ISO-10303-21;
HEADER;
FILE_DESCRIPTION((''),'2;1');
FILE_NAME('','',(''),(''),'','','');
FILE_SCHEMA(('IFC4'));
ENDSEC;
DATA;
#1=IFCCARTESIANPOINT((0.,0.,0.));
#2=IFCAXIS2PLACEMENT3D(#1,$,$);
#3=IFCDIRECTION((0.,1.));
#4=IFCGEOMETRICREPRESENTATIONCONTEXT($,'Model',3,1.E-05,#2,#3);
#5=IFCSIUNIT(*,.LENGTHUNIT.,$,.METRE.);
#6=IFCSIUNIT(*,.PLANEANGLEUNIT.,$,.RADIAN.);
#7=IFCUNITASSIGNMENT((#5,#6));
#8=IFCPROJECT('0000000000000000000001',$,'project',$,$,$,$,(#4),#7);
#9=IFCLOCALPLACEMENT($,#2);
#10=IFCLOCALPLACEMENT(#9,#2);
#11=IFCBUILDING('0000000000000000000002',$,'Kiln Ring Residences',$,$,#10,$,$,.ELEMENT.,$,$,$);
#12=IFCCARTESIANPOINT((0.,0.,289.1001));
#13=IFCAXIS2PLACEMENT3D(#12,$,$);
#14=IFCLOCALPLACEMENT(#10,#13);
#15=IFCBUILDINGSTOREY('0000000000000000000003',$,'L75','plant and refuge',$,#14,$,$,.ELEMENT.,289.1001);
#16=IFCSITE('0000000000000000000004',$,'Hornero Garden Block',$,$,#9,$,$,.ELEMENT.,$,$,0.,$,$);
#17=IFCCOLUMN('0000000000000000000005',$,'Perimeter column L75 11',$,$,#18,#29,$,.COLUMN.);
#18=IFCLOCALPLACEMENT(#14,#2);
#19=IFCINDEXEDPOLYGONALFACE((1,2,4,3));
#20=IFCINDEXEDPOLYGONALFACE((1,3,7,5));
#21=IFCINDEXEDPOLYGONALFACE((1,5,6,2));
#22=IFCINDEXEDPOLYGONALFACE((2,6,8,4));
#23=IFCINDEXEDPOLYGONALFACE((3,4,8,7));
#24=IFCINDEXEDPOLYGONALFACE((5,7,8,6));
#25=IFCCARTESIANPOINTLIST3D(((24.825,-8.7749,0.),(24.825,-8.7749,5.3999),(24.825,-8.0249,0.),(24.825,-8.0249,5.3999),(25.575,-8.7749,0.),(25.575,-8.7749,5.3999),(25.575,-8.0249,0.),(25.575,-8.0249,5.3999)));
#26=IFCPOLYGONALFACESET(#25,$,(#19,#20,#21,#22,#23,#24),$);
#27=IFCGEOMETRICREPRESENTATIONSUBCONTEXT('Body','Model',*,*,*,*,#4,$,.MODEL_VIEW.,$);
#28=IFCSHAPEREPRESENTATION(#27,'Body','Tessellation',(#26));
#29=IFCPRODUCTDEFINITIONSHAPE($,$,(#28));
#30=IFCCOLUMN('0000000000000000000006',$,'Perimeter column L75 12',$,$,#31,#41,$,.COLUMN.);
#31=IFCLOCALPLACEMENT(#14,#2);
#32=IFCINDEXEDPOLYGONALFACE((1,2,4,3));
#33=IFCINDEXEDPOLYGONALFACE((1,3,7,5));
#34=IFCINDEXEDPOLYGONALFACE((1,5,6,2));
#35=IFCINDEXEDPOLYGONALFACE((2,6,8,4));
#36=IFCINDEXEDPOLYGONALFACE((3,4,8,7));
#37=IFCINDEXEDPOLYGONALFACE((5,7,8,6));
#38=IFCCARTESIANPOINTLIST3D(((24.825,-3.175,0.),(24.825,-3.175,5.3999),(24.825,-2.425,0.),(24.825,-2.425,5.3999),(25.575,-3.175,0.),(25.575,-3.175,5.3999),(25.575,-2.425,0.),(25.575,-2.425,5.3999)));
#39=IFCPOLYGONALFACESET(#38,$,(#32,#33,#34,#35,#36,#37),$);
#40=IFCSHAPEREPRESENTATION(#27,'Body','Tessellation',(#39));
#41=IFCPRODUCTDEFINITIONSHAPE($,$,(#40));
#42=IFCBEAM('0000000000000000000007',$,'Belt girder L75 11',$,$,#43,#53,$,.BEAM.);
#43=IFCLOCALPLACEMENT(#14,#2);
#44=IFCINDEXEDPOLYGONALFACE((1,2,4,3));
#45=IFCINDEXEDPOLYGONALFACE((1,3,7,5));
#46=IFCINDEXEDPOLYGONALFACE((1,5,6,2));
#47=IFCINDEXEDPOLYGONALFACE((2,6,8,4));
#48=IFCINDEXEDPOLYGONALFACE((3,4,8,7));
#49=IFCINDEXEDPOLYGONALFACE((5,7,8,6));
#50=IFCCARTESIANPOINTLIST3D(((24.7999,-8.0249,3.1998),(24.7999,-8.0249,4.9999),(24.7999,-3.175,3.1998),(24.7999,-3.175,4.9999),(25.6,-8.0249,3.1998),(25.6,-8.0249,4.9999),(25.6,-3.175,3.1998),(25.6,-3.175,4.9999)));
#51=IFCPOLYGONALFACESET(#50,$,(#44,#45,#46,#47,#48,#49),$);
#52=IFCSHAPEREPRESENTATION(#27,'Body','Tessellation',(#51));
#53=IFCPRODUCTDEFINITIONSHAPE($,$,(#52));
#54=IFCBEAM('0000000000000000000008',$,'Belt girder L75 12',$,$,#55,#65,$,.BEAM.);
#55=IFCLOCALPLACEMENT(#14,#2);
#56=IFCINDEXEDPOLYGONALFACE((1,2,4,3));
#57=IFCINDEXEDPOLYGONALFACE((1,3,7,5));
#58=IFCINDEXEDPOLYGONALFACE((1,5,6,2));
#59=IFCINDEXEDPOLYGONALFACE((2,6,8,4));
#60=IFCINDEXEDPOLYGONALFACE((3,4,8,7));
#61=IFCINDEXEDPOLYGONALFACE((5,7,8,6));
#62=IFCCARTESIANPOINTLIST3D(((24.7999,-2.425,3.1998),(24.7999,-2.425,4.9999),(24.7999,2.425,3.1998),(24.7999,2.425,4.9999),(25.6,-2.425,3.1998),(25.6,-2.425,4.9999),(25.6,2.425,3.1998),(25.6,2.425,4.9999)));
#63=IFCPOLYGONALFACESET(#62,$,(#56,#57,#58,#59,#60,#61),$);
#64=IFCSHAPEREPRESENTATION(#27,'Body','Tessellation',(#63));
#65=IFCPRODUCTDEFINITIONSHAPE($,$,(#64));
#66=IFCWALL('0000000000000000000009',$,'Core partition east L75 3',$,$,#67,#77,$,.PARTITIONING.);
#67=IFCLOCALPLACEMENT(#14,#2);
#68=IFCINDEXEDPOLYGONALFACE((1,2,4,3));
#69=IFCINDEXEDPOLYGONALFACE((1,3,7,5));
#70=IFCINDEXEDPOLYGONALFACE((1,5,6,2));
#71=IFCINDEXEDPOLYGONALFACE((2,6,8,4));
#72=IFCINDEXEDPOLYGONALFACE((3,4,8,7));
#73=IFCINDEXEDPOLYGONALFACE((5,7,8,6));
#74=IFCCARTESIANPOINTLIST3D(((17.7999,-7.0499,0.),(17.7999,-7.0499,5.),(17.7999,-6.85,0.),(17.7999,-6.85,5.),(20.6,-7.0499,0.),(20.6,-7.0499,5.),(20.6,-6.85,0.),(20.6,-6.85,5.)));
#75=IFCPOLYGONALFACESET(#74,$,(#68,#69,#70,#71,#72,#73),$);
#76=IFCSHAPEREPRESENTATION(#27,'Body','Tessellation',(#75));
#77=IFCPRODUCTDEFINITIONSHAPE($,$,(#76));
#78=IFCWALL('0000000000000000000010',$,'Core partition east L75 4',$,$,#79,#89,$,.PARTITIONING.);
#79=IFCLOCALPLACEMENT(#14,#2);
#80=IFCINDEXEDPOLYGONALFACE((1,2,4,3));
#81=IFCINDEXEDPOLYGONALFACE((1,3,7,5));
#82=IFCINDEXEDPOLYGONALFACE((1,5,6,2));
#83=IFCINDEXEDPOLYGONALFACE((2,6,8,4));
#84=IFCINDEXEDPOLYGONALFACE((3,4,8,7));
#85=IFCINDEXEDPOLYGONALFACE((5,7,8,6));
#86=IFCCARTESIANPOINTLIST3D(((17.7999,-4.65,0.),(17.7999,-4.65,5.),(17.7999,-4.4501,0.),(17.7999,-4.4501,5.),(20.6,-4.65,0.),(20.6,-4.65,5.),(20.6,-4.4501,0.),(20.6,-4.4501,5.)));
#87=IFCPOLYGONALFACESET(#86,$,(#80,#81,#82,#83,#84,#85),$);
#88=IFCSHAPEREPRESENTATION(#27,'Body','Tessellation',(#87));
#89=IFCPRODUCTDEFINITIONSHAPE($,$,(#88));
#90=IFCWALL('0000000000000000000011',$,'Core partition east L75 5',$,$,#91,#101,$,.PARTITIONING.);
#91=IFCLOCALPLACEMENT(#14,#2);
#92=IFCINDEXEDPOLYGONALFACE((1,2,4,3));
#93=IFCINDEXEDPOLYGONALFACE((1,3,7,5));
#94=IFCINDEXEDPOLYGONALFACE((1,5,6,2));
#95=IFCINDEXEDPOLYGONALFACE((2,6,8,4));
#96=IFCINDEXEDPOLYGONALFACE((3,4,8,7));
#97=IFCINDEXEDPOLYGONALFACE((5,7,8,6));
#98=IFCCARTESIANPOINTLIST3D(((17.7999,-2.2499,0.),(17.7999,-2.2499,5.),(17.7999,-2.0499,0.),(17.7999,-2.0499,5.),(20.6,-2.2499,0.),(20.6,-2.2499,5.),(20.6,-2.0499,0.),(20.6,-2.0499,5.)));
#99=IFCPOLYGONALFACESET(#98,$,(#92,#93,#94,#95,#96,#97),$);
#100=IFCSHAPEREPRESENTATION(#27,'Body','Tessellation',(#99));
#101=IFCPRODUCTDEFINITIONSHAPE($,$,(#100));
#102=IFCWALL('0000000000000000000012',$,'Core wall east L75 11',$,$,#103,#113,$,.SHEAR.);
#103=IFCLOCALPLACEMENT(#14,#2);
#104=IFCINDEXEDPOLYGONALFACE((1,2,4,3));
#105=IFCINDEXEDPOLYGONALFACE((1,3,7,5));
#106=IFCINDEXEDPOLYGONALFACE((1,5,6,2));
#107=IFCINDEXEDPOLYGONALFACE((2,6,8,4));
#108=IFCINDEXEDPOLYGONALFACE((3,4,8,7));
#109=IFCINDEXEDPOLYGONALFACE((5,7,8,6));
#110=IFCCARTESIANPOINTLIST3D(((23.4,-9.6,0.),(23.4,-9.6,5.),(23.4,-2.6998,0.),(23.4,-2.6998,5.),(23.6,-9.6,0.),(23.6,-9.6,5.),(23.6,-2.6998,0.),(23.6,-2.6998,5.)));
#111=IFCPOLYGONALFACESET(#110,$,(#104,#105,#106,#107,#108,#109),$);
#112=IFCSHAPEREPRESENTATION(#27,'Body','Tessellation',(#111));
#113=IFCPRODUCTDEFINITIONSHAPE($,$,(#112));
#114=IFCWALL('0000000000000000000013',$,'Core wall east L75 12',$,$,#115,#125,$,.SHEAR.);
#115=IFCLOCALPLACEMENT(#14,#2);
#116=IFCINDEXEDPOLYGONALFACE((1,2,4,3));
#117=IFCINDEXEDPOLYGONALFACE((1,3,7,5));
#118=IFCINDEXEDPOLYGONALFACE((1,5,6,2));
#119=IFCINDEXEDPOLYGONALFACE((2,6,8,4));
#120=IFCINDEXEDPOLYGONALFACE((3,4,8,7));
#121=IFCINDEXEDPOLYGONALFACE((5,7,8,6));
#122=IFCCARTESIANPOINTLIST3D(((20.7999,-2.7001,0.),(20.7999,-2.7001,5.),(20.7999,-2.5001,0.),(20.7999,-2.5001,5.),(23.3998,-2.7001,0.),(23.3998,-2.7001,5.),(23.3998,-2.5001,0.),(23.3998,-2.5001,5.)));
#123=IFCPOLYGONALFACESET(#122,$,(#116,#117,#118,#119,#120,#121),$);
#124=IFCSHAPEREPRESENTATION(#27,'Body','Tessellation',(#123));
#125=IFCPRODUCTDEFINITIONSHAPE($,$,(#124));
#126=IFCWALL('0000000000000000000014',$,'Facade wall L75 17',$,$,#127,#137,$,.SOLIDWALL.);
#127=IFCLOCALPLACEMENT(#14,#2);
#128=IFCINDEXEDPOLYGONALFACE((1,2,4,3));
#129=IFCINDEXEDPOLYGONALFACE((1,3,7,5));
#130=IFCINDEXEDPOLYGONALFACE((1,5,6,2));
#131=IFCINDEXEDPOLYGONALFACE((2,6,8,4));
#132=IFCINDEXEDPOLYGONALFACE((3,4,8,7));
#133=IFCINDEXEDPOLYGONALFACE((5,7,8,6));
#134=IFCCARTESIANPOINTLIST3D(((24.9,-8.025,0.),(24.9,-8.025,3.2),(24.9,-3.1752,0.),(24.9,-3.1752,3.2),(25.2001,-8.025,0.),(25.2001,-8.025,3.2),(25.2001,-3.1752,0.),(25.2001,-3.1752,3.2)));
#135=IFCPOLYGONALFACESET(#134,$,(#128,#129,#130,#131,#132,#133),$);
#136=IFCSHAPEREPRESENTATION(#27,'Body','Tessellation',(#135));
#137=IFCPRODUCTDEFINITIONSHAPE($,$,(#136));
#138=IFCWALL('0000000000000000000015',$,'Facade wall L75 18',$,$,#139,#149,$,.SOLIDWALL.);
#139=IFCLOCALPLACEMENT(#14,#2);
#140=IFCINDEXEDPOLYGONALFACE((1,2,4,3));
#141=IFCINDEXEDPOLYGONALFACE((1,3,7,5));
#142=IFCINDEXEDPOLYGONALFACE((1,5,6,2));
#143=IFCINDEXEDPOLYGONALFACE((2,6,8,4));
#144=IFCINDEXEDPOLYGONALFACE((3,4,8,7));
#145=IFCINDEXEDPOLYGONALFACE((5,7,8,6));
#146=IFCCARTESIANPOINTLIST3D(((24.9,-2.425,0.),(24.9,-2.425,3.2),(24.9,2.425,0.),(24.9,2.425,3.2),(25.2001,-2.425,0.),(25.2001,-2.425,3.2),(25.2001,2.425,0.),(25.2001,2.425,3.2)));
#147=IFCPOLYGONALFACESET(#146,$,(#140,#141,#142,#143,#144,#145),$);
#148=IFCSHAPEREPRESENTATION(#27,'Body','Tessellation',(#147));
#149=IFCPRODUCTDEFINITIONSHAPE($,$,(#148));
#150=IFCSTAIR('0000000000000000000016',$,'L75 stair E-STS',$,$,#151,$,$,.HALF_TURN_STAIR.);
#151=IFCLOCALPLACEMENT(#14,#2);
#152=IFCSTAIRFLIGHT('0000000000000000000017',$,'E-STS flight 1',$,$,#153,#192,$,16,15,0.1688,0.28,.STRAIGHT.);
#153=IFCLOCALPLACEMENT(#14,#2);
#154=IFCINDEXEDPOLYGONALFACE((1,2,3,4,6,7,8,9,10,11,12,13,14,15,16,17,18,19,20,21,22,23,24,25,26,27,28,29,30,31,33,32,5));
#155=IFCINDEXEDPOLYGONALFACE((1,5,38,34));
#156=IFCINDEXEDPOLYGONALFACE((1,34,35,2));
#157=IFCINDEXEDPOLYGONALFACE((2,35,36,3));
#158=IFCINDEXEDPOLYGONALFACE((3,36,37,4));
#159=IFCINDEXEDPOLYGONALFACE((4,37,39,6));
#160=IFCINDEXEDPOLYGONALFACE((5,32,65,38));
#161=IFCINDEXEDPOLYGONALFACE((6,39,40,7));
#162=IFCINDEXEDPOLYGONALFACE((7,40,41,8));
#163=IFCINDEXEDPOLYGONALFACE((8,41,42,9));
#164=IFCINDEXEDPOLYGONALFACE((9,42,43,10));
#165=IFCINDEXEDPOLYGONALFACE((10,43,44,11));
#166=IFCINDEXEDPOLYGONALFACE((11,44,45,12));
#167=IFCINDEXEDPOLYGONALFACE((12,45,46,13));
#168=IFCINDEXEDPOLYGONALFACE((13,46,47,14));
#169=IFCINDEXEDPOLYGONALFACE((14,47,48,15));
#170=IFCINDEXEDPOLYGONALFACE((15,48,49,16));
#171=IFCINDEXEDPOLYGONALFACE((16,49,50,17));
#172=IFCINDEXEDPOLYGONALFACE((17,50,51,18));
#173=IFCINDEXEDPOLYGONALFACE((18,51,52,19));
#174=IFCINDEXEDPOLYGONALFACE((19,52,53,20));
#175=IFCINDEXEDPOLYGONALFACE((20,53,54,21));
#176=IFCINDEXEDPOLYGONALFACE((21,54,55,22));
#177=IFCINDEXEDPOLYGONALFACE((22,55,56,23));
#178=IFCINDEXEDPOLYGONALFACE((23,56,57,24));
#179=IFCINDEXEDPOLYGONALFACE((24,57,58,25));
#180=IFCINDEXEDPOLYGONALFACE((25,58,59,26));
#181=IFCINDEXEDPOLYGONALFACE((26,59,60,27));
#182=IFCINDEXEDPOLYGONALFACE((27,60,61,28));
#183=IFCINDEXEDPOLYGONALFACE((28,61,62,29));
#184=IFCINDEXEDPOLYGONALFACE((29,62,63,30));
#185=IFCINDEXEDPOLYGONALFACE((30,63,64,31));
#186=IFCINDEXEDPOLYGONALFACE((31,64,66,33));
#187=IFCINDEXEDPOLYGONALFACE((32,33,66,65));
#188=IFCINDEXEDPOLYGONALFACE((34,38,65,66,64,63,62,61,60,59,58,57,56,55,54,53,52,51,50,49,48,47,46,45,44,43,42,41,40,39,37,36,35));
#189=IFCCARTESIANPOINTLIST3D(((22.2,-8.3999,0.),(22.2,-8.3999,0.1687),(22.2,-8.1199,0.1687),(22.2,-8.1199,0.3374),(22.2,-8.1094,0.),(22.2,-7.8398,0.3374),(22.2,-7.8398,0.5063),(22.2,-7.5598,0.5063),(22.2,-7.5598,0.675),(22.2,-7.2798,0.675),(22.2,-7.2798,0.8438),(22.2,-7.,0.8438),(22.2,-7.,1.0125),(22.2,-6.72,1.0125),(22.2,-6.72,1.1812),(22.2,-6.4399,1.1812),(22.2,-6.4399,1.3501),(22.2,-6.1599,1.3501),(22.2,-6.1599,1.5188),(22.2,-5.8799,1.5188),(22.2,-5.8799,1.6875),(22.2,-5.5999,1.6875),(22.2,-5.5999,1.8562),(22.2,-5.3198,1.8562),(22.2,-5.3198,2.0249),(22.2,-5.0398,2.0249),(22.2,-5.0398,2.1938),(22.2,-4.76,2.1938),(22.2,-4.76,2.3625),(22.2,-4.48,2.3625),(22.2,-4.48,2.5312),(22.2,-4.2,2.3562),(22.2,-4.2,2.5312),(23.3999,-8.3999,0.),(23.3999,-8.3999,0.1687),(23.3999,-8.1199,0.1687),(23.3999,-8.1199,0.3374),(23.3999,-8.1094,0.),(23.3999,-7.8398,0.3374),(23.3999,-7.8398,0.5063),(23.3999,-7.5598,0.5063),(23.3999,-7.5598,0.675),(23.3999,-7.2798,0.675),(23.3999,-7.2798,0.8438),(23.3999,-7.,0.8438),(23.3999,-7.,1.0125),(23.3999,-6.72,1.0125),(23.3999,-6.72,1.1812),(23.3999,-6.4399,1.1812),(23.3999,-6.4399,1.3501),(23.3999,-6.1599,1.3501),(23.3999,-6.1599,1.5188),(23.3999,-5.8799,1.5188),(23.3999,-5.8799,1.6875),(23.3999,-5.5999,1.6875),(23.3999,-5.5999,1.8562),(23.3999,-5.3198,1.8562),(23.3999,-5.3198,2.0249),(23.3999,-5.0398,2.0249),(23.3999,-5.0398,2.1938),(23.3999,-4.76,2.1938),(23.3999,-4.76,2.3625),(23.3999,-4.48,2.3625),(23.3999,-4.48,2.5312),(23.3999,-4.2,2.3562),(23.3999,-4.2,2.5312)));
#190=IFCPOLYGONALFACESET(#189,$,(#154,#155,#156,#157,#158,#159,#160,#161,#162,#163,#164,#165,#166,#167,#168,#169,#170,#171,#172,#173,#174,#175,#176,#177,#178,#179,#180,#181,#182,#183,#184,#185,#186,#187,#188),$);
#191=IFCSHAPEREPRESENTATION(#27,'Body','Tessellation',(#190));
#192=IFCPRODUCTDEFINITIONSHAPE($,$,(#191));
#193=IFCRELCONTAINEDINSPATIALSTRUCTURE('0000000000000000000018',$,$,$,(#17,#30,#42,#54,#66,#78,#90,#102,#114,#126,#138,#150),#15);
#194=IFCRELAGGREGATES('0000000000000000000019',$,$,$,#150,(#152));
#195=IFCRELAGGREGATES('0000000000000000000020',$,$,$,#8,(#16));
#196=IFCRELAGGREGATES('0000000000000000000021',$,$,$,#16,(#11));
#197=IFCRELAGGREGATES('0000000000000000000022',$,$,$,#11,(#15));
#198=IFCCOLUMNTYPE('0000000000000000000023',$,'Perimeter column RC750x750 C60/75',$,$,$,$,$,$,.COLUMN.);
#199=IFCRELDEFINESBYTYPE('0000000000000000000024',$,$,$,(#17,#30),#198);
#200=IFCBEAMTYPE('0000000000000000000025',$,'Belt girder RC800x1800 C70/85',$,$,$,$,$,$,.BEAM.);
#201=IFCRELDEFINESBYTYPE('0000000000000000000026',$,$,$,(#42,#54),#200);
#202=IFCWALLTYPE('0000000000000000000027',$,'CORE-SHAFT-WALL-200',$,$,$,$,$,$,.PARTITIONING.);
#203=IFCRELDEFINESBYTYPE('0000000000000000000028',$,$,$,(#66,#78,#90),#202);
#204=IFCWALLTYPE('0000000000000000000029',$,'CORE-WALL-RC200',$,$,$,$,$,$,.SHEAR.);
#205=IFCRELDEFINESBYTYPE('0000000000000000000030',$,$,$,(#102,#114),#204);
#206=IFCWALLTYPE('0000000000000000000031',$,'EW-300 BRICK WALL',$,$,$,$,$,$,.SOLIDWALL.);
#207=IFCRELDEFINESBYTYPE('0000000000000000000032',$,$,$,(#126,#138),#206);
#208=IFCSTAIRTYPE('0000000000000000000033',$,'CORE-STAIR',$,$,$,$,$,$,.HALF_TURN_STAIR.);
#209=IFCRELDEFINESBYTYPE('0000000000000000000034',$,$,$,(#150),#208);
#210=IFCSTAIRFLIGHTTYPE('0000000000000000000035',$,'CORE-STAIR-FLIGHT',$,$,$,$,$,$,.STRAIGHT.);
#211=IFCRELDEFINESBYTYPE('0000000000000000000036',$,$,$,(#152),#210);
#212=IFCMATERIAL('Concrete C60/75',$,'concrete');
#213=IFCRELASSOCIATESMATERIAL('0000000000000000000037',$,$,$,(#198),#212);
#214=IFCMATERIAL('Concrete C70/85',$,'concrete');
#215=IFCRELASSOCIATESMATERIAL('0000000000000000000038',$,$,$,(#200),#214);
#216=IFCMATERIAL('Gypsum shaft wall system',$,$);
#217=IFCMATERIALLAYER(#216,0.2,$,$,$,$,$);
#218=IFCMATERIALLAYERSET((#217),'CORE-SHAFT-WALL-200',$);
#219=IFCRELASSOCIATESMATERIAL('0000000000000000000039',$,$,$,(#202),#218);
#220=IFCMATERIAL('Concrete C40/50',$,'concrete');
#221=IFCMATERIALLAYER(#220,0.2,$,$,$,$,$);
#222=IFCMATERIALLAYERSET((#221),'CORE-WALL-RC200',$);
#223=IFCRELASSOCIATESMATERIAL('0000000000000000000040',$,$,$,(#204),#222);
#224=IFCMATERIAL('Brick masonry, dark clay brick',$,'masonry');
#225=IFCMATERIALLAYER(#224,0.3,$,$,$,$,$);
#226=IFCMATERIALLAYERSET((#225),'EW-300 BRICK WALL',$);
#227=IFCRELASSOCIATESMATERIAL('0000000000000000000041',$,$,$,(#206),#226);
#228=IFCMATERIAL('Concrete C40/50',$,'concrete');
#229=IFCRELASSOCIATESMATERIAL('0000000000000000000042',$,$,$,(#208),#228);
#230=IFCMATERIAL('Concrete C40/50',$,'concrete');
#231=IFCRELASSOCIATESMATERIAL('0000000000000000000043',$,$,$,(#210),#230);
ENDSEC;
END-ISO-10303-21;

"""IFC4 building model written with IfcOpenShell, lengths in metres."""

from ifc_helpers import new_model, si_unit, direction, frame, frame_2d, origin, origin_2d, place, context, subcontext, project, spatial, polyline, rectangle, outline, extrude, material, layer, layer_set, material_profile, profile_set, type_object, element, aggregate, save


model = new_model("IFC4")

# Units and contexts
model_context = context("Model", 3, precision=1e-05, world=origin(), true_north=direction((0.0, 1.0)))
body_context = subcontext(model_context, "Body", "Model", "MODEL_VIEW")
ifc_project = project(units=[si_unit("LENGTHUNIT", "METRE"), si_unit("PLANEANGLEUNIT", "RADIAN")], contexts=[model_context])

# Site, building, storey
site_placement = place(None, origin())
site = spatial("IfcSite", under=ifc_project, at=site_placement, Name="Hornero Garden Block", CompositionType="ELEMENT", RefElevation=0.0)
building_placement = place(site_placement, origin())
building = spatial("IfcBuilding", under=site, at=building_placement, Name="Kiln Ring Residences", CompositionType="ELEMENT")
storey_placement = place(building_placement, frame((0.0, 0.0, 289.1001)))
storey = spatial("IfcBuildingStorey", under=building, at=storey_placement, Name="L75", Description="plant and refuge", CompositionType="ELEMENT", Elevation=289.1001)

# Columns
ifc_material_1 = material(Name="Concrete C60/75", Category="concrete")
ifc_material_profile_1 = material_profile(ifc_material_1, rectangle(XDim=0.75, YDim=0.75, at=origin_2d()), Name="RC750x750")
ifc_profile_set_1 = profile_set([ifc_material_profile_1], Name="Concrete C60/75")
column_type = type_object("IfcColumnType", Name="Perimeter column RC750x750 C60/75", PredefinedType="COLUMN", material=ifc_profile_set_1)
for number, where, z_axis, x_axis, name in (
    (1, (25.2, -8.3999, 0.0), (0.0, 0.0, 1.0), (1.0, 0.0, 0.0), "Perimeter column L75 11"),
    (2, (25.2, -2.8, 0.0), (0.0, 0.0, 1.0), (1.0, 0.0, 0.0), "Perimeter column L75 12"),
):
    element("IfcColumn", number, at=place(storey_placement, frame(where, z_axis=z_axis, x_axis=x_axis)), inside=storey, type_object=column_type, Name=name, PredefinedType="COLUMN", context=body_context, shape_type="SweptSolid", body=[
        extrude(rectangle(XDim=0.75, YDim=0.75, at=origin_2d()), origin(), (0.0, 0.0, 1.0), 5.3999),
    ])

# Beams
ifc_material_2 = material(Name="Concrete C70/85", Category="concrete")
ifc_material_profile_2 = material_profile(ifc_material_2, rectangle(XDim=0.8, YDim=1.8, at=origin_2d()), Name="RC800x1800")
ifc_profile_set_2 = profile_set([ifc_material_profile_2], Name="Concrete C70/85")
beam_type = type_object("IfcBeamType", Name="Belt girder RC800x1800 C70/85", PredefinedType="BEAM", material=ifc_profile_set_2)
beam_1_placement = place(storey_placement, frame((25.2, -8.0249, 4.0999), z_axis=(0.0, 1.0, 0.0), x_axis=(-1.0, 0.0, 0.0)))
element("IfcBeam", 3, at=beam_1_placement, inside=storey, type_object=beam_type, Name="Belt girder L75 11", PredefinedType="BEAM", context=body_context, shape_type="SweptSolid", body=[
    extrude(rectangle(XDim=0.8, YDim=1.8, at=origin_2d()), origin(), (0.0, 0.0, 1.0), 4.8499),
])
beam_2_placement = place(storey_placement, frame((25.2, -2.425, 4.0999), z_axis=(0.0, 1.0, 0.0), x_axis=(-1.0, 0.0, 0.0)))
element("IfcBeam", 4, at=beam_2_placement, inside=storey, type_object=beam_type, Name="Belt girder L75 12", PredefinedType="BEAM", context=body_context, shape_type="SweptSolid", body=[
    extrude(rectangle(XDim=0.8, YDim=1.8, at=origin_2d()), origin(), (0.0, 0.0, 1.0), 4.8501),
])

# Walls
ifc_material_3 = material(Name="Gypsum shaft wall system")
ifc_layer_1 = layer(ifc_material_3, 0.2)
ifc_layer_set_1 = layer_set([ifc_layer_1], Name="CORE-SHAFT-WALL-200")
wall_type_1 = type_object("IfcWallType", Name="CORE-SHAFT-WALL-200", PredefinedType="PARTITIONING", material=ifc_layer_set_1)
for number, where, z_axis, x_axis, name in (
    (5, (17.8, -6.95, 0.0), (0.0, 0.0, 1.0), (1.0, 0.0, 0.0), "Core partition east L75 3"),
    (6, (17.8, -4.55, 0.0), (0.0, 0.0, 1.0), (1.0, 0.0, 0.0), "Core partition east L75 4"),
    (7, (17.8, -2.1499, 0.0), (0.0, 0.0, 1.0), (1.0, 0.0, 0.0), "Core partition east L75 5"),
):
    element("IfcWall", number, at=place(storey_placement, frame(where, z_axis=z_axis, x_axis=x_axis)), inside=storey, type_object=wall_type_1, Name=name, PredefinedType="PARTITIONING", context=body_context, shape_type="SweptSolid", body=[
        extrude(rectangle(XDim=2.8, YDim=0.2, at=frame_2d((1.3999, 0.0))), origin(), (0.0, 0.0, 1.0), 5.0),
    ])
ifc_material_4 = material(Name="Concrete C40/50", Category="concrete")
ifc_layer_2 = layer(ifc_material_4, 0.2)
ifc_layer_set_2 = layer_set([ifc_layer_2], Name="CORE-WALL-RC200")
wall_type_2 = type_object("IfcWallType", Name="CORE-WALL-RC200", PredefinedType="SHEAR", material=ifc_layer_set_2)
wall_1_placement = place(storey_placement, frame((23.5, -9.6001, 0.0), z_axis=(0.0, 0.0, 1.0), x_axis=(0.0, 1.0, 0.0)))
element("IfcWall", 8, at=wall_1_placement, inside=storey, type_object=wall_type_2, Name="Core wall east L75 11", PredefinedType="SHEAR", context=body_context, shape_type="SweptSolid", body=[
    extrude(rectangle(XDim=6.9001, YDim=0.2, at=frame_2d((3.4502, 0.0))), origin(), (0.0, 0.0, 1.0), 5.0),
])
wall_2_placement = place(storey_placement, frame((20.8, -2.6001, 0.0), z_axis=(0.0, 0.0, 1.0), x_axis=(1.0, 0.0, 0.0)))
element("IfcWall", 9, at=wall_2_placement, inside=storey, type_object=wall_type_2, Name="Core wall east L75 12", PredefinedType="SHEAR", context=body_context, shape_type="SweptSolid", body=[
    extrude(rectangle(XDim=2.5999, YDim=0.2, at=frame_2d((1.2998, 0.0))), origin(), (0.0, 0.0, 1.0), 5.0),
])
ifc_material_5 = material(Name="Brick masonry, dark clay brick", Category="masonry")
ifc_layer_3 = layer(ifc_material_5, 0.3)
ifc_layer_set_3 = layer_set([ifc_layer_3], Name="EW-300 BRICK WALL")
wall_type_3 = type_object("IfcWallType", Name="EW-300 BRICK WALL", PredefinedType="SOLIDWALL", material=ifc_layer_set_3)
wall_3_placement = place(storey_placement, frame((25.05, -8.0249, 0.0), z_axis=(0.0, 0.0, 1.0), x_axis=(0.0, 1.0, 0.0)))
element("IfcWall", 10, at=wall_3_placement, inside=storey, type_object=wall_type_3, Name="Facade wall L75 17", PredefinedType="SOLIDWALL", context=body_context, shape_type="SweptSolid", body=[
    extrude(rectangle(XDim=4.8499, YDim=0.3, at=frame_2d((2.4248, 0.0))), origin(), (0.0, 0.0, 1.0), 3.2),
])
wall_4_placement = place(storey_placement, frame((25.05, -2.425, 0.0), z_axis=(0.0, 0.0, 1.0), x_axis=(0.0, 1.0, 0.0)))
element("IfcWall", 11, at=wall_4_placement, inside=storey, type_object=wall_type_3, Name="Facade wall L75 18", PredefinedType="SOLIDWALL", context=body_context, shape_type="SweptSolid", body=[
    extrude(rectangle(XDim=4.8501, YDim=0.3, at=frame_2d((2.425, 0.0))), origin(), (0.0, 0.0, 1.0), 3.2),
])

# Stair, stair flight
ifc_material_6 = material(Name="Concrete C40/50", Category="concrete")
stair_type = type_object("IfcStairType", Name="CORE-STAIR", PredefinedType="HALF_TURN_STAIR", material=ifc_material_6)
stair_placement = place(storey_placement, origin())
stair = element("IfcStair", 12, at=stair_placement, inside=storey, type_object=stair_type, Name="L75 stair E-STS", PredefinedType="HALF_TURN_STAIR")
ifc_material_7 = material(Name="Concrete C40/50", Category="concrete")
stair_flight_type = type_object("IfcStairFlightType", Name="CORE-STAIR-FLIGHT", PredefinedType="STRAIGHT", material=ifc_material_7)
stair_flight_1_placement = place(storey_placement, frame((22.8, -8.3999, 0.0), z_axis=(0.0, 0.0, 1.0), x_axis=(0.0, 1.0, 0.0)))
stair_flight_1 = element("IfcStairFlight", 13, at=stair_flight_1_placement, type_object=stair_flight_type, Name="E-STS flight 1", NumberOfRisers=16, NumberOfTreads=15, PredefinedType="STRAIGHT", RiserHeight=0.1688, TreadLength=0.28, context=body_context, shape_type="SweptSolid", body=[
    extrude(outline(polyline([(0.0, 0.0), (0.0, 0.1687), (0.28, 0.1687), (0.28, 0.3374), (0.5601, 0.3374), (0.5601, 0.5063), (0.8401, 0.5063), (0.8401, 0.675), (1.1201, 0.675), (1.1201, 0.8438), (1.3999, 0.8438), (1.3999, 1.0125), (1.6799, 1.0125), (1.6799, 1.1812), (1.96, 1.1812), (1.96, 1.3501), (2.24, 1.3501), (2.24, 1.5188), (2.52, 1.5188), (2.52, 1.6875), (2.8, 1.6875), (2.8, 1.8562), (3.0801, 1.8562), (3.0801, 2.0249), (3.3601, 2.0249), (3.3601, 2.1938), (3.6399, 2.1938), (3.6399, 2.3625), (3.9199, 2.3625), (3.9199, 2.5312), (4.2, 2.5312), (4.2, 2.7), (4.2, 2.3562), (0.2905, 0.0), (0.0, 0.0)])), frame((0.0, 0.6001, 0.0), z_axis=(0.0, -1.0, 0.0), x_axis=(1.0, 0.0, 0.0)), (0.0, 0.0, 1.0), 1.2),
])
aggregate(stair, [stair_flight_1])

save(model, "model.ifc")
